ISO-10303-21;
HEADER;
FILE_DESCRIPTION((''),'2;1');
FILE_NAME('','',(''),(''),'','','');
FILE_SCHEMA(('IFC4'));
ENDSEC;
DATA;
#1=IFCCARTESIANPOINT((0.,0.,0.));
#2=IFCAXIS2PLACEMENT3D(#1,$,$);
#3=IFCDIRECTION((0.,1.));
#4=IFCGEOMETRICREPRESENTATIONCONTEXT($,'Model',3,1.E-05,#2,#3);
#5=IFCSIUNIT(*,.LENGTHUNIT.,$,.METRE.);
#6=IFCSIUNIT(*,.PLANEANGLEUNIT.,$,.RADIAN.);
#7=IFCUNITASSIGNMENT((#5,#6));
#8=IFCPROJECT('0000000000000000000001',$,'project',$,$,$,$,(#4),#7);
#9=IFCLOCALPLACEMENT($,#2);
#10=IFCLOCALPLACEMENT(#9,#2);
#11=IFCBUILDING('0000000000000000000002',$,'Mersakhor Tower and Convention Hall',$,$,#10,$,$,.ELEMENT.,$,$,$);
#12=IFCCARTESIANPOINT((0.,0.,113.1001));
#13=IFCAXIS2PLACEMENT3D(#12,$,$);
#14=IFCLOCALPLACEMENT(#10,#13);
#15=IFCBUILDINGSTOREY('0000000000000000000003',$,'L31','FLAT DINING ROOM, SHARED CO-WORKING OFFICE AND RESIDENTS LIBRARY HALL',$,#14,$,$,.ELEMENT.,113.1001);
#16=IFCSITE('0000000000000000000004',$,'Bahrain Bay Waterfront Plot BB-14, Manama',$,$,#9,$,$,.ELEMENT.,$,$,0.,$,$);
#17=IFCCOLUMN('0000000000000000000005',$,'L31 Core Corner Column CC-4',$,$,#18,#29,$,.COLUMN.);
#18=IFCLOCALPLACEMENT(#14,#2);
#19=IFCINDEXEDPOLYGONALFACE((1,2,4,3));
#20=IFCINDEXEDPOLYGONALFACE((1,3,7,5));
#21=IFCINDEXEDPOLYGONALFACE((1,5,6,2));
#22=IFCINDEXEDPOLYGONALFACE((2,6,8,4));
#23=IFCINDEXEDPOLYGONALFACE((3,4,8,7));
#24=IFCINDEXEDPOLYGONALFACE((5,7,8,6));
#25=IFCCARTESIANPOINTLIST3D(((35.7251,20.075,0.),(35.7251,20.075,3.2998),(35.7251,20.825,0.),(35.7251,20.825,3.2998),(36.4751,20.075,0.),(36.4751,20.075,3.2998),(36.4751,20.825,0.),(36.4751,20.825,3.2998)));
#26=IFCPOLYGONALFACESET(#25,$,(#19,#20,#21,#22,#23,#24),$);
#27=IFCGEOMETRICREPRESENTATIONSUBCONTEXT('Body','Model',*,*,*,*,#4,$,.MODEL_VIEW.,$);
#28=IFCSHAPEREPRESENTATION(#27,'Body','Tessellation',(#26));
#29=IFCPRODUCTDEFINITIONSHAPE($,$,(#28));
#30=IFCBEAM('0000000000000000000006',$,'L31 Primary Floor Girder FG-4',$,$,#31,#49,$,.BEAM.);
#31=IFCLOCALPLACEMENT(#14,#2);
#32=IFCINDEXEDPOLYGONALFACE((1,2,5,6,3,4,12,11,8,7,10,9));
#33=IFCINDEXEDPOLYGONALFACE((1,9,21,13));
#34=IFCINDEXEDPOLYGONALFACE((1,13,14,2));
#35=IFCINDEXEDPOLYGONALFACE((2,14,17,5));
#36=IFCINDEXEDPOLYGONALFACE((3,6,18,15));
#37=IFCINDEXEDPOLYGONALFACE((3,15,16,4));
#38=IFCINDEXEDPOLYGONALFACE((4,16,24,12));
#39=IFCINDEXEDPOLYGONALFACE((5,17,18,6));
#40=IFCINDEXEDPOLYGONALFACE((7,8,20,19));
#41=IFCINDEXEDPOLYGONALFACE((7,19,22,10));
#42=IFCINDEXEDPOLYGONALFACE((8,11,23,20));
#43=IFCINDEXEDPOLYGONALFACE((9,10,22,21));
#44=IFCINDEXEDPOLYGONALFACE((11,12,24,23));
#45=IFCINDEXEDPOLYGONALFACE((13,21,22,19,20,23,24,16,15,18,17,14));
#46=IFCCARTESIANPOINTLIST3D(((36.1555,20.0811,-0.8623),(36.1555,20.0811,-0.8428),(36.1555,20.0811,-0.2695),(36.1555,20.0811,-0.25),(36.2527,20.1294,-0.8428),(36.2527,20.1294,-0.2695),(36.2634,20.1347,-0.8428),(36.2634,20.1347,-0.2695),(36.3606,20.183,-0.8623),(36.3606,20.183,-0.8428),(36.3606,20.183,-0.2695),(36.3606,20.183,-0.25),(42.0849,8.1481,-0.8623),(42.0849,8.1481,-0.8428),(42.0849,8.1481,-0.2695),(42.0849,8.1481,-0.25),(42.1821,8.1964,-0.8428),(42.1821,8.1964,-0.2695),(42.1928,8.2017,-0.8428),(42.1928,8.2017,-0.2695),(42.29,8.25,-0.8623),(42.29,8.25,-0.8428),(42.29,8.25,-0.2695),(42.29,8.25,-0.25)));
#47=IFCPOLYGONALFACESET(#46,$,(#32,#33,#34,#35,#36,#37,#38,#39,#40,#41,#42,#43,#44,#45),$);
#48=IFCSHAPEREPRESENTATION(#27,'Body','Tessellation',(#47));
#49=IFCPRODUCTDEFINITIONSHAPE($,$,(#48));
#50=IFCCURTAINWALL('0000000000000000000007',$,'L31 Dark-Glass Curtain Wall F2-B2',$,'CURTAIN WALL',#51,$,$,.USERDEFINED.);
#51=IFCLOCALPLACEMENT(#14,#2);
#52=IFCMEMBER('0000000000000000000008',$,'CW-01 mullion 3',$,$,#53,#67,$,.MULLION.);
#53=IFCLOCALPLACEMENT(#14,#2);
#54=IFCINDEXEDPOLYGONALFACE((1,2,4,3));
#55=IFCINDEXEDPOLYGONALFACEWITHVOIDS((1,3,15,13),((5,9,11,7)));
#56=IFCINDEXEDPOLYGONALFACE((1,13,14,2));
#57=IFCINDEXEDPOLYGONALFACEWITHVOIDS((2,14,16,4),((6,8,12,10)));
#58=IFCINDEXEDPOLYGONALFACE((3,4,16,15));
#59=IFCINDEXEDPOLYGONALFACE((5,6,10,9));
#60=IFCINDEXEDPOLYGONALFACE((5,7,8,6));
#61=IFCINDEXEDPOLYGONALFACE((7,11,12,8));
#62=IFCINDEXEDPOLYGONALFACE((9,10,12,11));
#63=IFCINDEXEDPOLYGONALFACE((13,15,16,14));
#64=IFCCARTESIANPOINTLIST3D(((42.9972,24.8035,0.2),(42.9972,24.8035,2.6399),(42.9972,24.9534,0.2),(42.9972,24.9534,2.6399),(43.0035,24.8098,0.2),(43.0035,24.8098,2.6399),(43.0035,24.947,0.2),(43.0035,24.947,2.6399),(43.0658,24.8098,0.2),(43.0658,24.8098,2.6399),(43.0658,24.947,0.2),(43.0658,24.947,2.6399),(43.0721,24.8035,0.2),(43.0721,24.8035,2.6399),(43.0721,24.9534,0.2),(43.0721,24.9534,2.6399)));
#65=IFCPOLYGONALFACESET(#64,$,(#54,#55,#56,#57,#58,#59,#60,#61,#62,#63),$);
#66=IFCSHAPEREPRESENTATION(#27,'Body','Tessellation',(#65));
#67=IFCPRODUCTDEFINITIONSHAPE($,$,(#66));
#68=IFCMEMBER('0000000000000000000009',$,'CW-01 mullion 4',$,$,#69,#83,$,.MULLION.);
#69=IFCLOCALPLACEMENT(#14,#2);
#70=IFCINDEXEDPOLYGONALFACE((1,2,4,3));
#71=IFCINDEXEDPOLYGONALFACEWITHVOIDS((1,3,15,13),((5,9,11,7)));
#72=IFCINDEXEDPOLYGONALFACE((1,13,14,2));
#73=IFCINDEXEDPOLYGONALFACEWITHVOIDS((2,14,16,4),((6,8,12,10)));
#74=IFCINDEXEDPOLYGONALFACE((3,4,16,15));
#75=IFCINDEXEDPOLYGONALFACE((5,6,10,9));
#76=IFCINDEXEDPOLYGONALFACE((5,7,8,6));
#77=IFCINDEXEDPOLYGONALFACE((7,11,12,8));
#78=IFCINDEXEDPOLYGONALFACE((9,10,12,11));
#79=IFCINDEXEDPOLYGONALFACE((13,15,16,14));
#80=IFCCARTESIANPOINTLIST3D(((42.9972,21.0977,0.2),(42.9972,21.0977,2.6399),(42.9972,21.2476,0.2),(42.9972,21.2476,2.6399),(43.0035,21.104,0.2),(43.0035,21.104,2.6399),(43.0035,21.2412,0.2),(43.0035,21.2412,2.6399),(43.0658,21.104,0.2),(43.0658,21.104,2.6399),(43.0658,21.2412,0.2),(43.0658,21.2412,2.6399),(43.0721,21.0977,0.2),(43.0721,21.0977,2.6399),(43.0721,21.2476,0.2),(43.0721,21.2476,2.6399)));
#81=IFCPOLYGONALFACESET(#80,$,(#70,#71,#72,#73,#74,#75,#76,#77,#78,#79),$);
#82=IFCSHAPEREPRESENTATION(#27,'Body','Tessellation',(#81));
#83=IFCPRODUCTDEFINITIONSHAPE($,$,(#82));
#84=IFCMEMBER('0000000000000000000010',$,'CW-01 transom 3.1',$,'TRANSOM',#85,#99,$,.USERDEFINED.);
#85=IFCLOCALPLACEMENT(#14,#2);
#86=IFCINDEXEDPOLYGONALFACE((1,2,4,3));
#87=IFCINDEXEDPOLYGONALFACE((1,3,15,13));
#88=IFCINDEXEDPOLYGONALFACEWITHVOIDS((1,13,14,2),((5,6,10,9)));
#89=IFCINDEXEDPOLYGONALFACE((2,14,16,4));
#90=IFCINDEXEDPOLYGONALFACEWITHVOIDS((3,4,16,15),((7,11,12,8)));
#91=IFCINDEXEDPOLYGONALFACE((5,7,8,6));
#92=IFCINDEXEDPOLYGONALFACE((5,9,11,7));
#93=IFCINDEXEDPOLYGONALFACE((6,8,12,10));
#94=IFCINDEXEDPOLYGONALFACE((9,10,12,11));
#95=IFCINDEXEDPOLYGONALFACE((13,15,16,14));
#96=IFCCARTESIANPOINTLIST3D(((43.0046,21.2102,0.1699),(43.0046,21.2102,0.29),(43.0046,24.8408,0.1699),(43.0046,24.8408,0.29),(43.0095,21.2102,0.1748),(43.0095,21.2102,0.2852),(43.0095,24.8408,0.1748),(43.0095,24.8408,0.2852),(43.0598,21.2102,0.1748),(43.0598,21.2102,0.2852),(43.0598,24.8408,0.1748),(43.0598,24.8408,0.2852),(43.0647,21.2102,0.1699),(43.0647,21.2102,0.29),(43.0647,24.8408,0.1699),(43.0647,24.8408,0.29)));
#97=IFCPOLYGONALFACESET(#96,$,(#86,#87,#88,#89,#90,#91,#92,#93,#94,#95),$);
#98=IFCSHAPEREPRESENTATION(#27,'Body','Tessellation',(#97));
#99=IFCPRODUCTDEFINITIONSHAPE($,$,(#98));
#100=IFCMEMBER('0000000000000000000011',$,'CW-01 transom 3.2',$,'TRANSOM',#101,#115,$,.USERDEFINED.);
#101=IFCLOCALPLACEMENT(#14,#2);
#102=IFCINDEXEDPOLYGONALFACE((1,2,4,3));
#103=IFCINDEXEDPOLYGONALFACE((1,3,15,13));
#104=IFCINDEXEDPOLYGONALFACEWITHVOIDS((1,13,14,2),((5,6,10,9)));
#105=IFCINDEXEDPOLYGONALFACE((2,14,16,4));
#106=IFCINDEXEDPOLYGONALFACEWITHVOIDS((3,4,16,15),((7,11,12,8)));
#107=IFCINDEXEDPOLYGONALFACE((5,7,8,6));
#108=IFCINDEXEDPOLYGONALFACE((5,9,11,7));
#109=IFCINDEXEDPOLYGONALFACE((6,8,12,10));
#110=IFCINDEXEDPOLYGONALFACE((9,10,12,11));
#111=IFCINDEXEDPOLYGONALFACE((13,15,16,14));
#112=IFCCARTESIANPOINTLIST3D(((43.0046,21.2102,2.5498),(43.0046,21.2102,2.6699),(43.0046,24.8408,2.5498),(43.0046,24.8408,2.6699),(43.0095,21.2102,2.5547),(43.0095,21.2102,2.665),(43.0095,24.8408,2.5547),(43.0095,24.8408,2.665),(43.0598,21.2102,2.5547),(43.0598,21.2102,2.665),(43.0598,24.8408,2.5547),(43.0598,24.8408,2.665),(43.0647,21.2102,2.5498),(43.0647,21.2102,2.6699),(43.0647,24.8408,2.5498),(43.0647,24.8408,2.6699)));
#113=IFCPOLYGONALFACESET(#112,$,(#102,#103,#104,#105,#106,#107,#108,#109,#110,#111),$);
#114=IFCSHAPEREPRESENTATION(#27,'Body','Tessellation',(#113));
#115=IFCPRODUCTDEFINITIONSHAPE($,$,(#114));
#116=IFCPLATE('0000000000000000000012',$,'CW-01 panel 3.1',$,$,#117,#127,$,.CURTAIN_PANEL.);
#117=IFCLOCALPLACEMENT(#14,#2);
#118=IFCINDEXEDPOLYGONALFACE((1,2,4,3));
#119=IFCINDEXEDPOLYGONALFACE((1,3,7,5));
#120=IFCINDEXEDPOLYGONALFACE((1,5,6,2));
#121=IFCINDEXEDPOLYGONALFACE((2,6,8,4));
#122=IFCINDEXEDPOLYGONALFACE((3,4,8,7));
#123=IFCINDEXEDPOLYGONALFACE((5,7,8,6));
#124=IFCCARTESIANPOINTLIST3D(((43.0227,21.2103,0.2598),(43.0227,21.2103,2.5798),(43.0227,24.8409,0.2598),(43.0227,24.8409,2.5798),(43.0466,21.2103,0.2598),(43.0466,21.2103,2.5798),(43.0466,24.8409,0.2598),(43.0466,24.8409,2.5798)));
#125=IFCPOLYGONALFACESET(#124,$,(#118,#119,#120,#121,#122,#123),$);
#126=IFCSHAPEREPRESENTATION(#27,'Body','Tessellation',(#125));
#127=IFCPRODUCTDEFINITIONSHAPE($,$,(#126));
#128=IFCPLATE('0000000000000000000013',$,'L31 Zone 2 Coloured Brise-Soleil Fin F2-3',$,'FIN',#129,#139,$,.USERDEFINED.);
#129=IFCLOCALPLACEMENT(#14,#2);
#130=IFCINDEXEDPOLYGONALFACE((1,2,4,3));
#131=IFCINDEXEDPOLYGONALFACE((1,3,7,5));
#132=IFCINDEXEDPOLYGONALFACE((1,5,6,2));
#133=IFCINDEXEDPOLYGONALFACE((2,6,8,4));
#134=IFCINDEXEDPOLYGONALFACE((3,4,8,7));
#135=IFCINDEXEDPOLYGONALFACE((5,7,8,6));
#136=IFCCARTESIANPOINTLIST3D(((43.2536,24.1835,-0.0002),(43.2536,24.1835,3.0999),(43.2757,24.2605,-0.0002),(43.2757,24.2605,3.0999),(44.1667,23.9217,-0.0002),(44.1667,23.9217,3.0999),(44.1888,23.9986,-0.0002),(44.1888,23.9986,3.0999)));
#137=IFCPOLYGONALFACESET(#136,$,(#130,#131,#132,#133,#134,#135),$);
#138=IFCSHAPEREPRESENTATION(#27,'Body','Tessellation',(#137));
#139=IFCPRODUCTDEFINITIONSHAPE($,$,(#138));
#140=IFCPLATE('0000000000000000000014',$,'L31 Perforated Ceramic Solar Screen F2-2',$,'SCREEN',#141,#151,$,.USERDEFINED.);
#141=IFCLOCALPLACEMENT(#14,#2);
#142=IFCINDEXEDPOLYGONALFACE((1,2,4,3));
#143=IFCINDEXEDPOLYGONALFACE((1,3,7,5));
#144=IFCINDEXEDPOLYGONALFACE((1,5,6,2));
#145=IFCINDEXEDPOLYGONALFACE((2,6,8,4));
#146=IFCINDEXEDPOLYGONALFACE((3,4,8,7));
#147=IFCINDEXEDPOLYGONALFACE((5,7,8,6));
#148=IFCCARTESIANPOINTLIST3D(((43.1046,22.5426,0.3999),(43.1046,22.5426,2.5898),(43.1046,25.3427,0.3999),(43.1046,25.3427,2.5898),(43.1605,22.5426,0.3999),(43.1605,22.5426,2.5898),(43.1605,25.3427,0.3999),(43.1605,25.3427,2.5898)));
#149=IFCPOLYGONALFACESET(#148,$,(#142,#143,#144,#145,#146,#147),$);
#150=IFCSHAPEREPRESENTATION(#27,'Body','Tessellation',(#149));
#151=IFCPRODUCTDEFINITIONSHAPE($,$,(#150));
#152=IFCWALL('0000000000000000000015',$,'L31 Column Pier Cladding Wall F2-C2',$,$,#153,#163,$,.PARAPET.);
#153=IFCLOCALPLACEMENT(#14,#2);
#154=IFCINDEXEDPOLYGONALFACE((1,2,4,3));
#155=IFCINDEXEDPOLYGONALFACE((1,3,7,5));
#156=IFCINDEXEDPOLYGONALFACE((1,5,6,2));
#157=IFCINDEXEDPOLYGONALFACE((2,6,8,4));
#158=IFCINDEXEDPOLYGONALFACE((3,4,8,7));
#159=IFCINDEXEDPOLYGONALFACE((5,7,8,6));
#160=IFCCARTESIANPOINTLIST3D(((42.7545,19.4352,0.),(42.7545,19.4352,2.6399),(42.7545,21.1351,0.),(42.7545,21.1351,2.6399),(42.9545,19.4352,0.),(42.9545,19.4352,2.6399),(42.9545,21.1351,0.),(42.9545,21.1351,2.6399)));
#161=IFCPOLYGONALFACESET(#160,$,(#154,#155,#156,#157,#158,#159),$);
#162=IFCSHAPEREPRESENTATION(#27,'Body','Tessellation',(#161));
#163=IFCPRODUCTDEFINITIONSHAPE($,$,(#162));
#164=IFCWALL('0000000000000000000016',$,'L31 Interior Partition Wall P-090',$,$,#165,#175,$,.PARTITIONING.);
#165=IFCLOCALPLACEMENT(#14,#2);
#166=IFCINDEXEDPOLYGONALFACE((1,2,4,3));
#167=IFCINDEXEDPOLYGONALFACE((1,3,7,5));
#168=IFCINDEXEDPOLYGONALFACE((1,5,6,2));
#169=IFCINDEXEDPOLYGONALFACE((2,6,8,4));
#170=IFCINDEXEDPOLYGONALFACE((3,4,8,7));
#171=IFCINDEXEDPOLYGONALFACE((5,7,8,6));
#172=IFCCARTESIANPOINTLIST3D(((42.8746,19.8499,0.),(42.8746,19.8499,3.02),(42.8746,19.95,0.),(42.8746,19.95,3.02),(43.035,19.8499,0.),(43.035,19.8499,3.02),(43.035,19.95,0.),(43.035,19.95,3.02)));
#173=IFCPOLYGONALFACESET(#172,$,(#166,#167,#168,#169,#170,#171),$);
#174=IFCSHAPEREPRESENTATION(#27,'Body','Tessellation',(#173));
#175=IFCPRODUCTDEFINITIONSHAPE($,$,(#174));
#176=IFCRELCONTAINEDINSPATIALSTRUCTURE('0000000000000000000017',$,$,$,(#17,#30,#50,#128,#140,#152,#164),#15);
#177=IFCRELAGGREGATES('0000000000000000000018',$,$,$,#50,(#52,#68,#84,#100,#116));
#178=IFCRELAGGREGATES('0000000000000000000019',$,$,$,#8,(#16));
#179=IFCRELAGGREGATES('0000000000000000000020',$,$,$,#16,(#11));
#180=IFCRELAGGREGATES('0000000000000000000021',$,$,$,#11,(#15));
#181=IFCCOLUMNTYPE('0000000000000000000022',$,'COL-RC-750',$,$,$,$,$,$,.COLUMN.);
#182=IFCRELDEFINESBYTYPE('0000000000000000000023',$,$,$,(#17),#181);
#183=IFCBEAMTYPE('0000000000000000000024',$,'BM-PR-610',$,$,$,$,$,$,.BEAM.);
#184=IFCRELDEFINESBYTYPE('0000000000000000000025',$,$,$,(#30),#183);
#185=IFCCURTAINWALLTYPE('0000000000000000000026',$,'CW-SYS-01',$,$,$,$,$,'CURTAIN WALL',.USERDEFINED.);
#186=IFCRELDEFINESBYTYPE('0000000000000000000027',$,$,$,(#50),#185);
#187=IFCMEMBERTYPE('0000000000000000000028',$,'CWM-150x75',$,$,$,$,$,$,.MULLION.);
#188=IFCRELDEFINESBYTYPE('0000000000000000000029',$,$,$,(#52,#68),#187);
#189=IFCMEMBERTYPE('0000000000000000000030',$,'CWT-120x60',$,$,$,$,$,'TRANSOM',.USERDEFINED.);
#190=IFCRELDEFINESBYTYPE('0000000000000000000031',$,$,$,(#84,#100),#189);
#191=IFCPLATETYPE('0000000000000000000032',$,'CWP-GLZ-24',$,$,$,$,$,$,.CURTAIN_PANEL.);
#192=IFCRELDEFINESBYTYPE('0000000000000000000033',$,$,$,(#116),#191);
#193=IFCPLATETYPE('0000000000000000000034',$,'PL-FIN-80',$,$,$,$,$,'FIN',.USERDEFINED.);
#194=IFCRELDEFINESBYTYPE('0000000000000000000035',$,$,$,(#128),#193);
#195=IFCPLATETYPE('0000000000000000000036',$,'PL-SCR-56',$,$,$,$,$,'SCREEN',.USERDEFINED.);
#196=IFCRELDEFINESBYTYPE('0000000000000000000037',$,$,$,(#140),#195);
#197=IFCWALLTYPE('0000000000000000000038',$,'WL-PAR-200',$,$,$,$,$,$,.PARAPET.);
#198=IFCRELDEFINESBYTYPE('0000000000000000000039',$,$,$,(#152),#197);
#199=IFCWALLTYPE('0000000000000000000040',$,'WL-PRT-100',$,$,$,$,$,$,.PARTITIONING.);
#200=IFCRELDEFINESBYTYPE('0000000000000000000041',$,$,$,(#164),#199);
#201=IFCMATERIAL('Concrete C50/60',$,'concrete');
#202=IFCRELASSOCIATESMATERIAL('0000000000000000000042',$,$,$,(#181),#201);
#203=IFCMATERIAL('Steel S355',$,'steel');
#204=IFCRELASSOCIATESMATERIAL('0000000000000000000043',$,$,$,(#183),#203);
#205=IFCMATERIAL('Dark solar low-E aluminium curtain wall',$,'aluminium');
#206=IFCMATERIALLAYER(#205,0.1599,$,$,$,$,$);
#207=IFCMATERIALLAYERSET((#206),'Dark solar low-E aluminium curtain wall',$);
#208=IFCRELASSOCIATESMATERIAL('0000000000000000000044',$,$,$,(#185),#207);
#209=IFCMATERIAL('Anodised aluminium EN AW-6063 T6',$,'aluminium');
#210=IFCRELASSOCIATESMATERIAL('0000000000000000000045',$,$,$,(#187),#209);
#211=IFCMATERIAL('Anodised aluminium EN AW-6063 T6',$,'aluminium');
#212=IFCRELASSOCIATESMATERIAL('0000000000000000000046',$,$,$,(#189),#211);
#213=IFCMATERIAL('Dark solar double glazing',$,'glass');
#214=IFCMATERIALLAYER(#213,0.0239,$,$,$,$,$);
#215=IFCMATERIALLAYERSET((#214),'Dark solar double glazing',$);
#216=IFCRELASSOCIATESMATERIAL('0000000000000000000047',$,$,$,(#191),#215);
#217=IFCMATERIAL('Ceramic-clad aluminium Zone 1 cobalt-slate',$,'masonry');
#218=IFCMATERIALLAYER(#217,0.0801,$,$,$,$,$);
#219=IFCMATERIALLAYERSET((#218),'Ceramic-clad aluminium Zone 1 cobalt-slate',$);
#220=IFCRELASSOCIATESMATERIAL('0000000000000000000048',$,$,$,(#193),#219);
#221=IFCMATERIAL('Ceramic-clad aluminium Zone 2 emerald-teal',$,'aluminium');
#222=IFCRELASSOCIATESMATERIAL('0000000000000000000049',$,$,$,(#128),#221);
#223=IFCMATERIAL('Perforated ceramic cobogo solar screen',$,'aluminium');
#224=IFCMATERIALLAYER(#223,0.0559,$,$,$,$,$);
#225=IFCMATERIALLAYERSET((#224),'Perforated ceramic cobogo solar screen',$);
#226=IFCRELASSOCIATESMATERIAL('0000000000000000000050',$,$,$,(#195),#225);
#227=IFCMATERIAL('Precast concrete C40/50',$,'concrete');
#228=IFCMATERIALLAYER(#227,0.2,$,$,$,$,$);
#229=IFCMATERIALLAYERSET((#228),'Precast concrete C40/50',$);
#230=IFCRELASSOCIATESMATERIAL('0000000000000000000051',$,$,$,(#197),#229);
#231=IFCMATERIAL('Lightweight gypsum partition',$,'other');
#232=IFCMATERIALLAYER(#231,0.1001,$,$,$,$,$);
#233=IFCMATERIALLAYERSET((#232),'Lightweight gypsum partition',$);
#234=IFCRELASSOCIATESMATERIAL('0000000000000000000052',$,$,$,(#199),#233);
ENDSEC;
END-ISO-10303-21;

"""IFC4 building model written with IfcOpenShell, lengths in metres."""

from ifc_helpers import new_model, si_unit, direction, frame, frame_2d, origin, origin_2d, place, context, subcontext, project, spatial, rectangle, hollow_rectangle, i_section, extrude, material, layer, layer_set, material_profile, profile_set, type_object, element, aggregate, save


model = new_model("IFC4")

# Units and contexts
model_context = context("Model", 3, precision=1e-05, world=origin(), true_north=direction((0.0, 1.0)))
body_context = subcontext(model_context, "Body", "Model", "MODEL_VIEW")
ifc_project = project(units=[si_unit("LENGTHUNIT", "METRE"), si_unit("PLANEANGLEUNIT", "RADIAN")], contexts=[model_context])

# Site, building, storey
site_placement = place(None, origin())
site = spatial("IfcSite", under=ifc_project, at=site_placement, Name="Bahrain Bay Waterfront Plot BB-14, Manama", CompositionType="ELEMENT", RefElevation=0.0)
building_placement = place(site_placement, origin())
building = spatial("IfcBuilding", under=site, at=building_placement, Name="Mersakhor Tower and Convention Hall", CompositionType="ELEMENT")
storey_placement = place(building_placement, frame((0.0, 0.0, 113.1001)))
storey = spatial("IfcBuildingStorey", under=building, at=storey_placement, Name="L31", Description="FLAT DINING ROOM, SHARED CO-WORKING OFFICE AND RESIDENTS LIBRARY HALL", CompositionType="ELEMENT", Elevation=113.1001)

# Column
ifc_material_1 = material(Name="Concrete C50/60", Category="concrete")
ifc_material_profile_1 = material_profile(ifc_material_1, rectangle(XDim=0.75, YDim=0.75, at=origin_2d()), Name="RC 750x750")
ifc_profile_set_1 = profile_set([ifc_material_profile_1], Name="Concrete C50/60")
column_type = type_object("IfcColumnType", Name="COL-RC-750", PredefinedType="COLUMN", material=ifc_profile_set_1)
column_placement = place(storey_placement, frame((36.1001, 20.45, 0.0), z_axis=(0.0, 0.0, 1.0), x_axis=(1.0, 0.0, 0.0)))
element("IfcColumn", 1, at=column_placement, inside=storey, type_object=column_type, Name="L31 Core Corner Column CC-4", PredefinedType="COLUMN", context=body_context, shape_type="SweptSolid", body=[
    extrude(rectangle(XDim=0.75, YDim=0.75, at=origin_2d()), origin(), (0.0, 0.0, 1.0), 3.2998),
])

# Beam
ifc_material_2 = material(Name="Steel S355", Category="steel")
ifc_material_profile_2 = material_profile(ifc_material_2, i_section(OverallWidth=0.229, OverallDepth=0.6123, WebThickness=0.012, FlangeThickness=0.0195, at=origin_2d()), Name="UB 610x229x125")
ifc_profile_set_2 = profile_set([ifc_material_profile_2], Name="Steel S355")
beam_type = type_object("IfcBeamType", Name="BM-PR-610", PredefinedType="BEAM", material=ifc_profile_set_2)
beam_placement = place(storey_placement, frame((36.2581, 20.1321, -0.5562), z_axis=(0.444984, -0.895538, 0.0), x_axis=(0.895538, 0.444984, 0.0)))
element("IfcBeam", 2, at=beam_placement, inside=storey, type_object=beam_type, Name="L31 Primary Floor Girder FG-4", PredefinedType="BEAM", context=body_context, shape_type="SweptSolid", body=[
    extrude(i_section(OverallWidth=0.229, OverallDepth=0.6123, WebThickness=0.012, FlangeThickness=0.0195, at=origin_2d()), origin(), (0.0, 0.0, 1.0), 13.325),
])

# Curtain wall, members, plate
ifc_material_3 = material(Name="Dark solar low-E aluminium curtain wall", Category="aluminium")
ifc_layer_1 = layer(ifc_material_3, 0.1599)
ifc_layer_set_1 = layer_set([ifc_layer_1], Name="Dark solar low-E aluminium curtain wall")
curtain_wall_type = type_object("IfcCurtainWallType", Name="CW-SYS-01", ElementType="CURTAIN WALL", PredefinedType="USERDEFINED", material=ifc_layer_set_1)
curtain_wall_placement = place(storey_placement, origin())
curtain_wall = element("IfcCurtainWall", 3, at=curtain_wall_placement, inside=storey, type_object=curtain_wall_type, Name="L31 Dark-Glass Curtain Wall F2-B2", ObjectType="CURTAIN WALL", PredefinedType="USERDEFINED")
ifc_material_4 = material(Name="Anodised aluminium EN AW-6063 T6", Category="aluminium")
ifc_material_profile_3 = material_profile(ifc_material_4, hollow_rectangle(XDim=0.075, YDim=0.1499, WallThickness=0.0063, at=origin_2d()), Name="RHS 150x75x6.3")
ifc_profile_set_3 = profile_set([ifc_material_profile_3], Name="Anodised aluminium EN AW-6063 T6")
member_type_1 = type_object("IfcMemberType", Name="CWM-150x75", PredefinedType="MULLION", material=ifc_profile_set_3)
member_1_placement = place(storey_placement, frame((43.0347, 24.8784, 0.2), z_axis=(0.0, 0.0, 1.0), x_axis=(1.0, 0.0, 0.0)))
member_1 = element("IfcMember", 4, at=member_1_placement, type_object=member_type_1, Name="CW-01 mullion 3", PredefinedType="MULLION", context=body_context, shape_type="SweptSolid", body=[
    extrude(hollow_rectangle(XDim=0.075, YDim=0.1499, WallThickness=0.0063, at=origin_2d()), origin(), (0.0, 0.0, 1.0), 2.4399),
])
member_2_placement = place(storey_placement, frame((43.0347, 21.1726, 0.2), z_axis=(0.0, 0.0, 1.0), x_axis=(1.0, 0.0, 0.0)))
member_2 = element("IfcMember", 5, at=member_2_placement, type_object=member_type_1, Name="CW-01 mullion 4", PredefinedType="MULLION", context=body_context, shape_type="SweptSolid", body=[
    extrude(hollow_rectangle(XDim=0.075, YDim=0.1499, WallThickness=0.0063, at=origin_2d()), origin(), (0.0, 0.0, 1.0), 2.4399),
])
ifc_material_5 = material(Name="Anodised aluminium EN AW-6063 T6", Category="aluminium")
ifc_material_profile_4 = material_profile(ifc_material_5, hollow_rectangle(XDim=0.0601, YDim=0.1201, WallThickness=0.0049, at=origin_2d()), Name="RHS 120x60x5")
ifc_profile_set_4 = profile_set([ifc_material_profile_4], Name="Anodised aluminium EN AW-6063 T6")
member_type_2 = type_object("IfcMemberType", Name="CWT-120x60", ElementType="TRANSOM", PredefinedType="USERDEFINED", material=ifc_profile_set_4)
member_3_placement = place(storey_placement, frame((43.0347, 24.8408, 0.23), z_axis=(0.0, -1.0, 0.0), x_axis=(1.0, 0.0, 0.0)))
member_3 = element("IfcMember", 6, at=member_3_placement, type_object=member_type_2, Name="CW-01 transom 3.1", ObjectType="TRANSOM", PredefinedType="USERDEFINED", context=body_context, shape_type="SweptSolid", body=[
    extrude(hollow_rectangle(XDim=0.0601, YDim=0.1201, WallThickness=0.0049, at=origin_2d()), origin(), (0.0, 0.0, 1.0), 3.6306),
])
member_4_placement = place(storey_placement, frame((43.0347, 24.8408, 2.6099), z_axis=(0.0, -1.0, 0.0), x_axis=(1.0, 0.0, 0.0)))
member_4 = element("IfcMember", 7, at=member_4_placement, type_object=member_type_2, Name="CW-01 transom 3.2", ObjectType="TRANSOM", PredefinedType="USERDEFINED", context=body_context, shape_type="SweptSolid", body=[
    extrude(hollow_rectangle(XDim=0.0601, YDim=0.1201, WallThickness=0.0049, at=origin_2d()), origin(), (0.0, 0.0, 1.0), 3.6306),
])
ifc_material_6 = material(Name="Dark solar double glazing", Category="glass")
ifc_layer_2 = layer(ifc_material_6, 0.0239)
ifc_layer_set_2 = layer_set([ifc_layer_2], Name="Dark solar double glazing")
plate_type_1 = type_object("IfcPlateType", Name="CWP-GLZ-24", PredefinedType="CURTAIN_PANEL", material=ifc_layer_set_2)
plate_1_placement = place(storey_placement, frame((43.0347, 23.0256, 0.2598), z_axis=(0.0, 0.0, 1.0), x_axis=(0.0, -1.0, 0.0)))
plate_1 = element("IfcPlate", 8, at=plate_1_placement, type_object=plate_type_1, Name="CW-01 panel 3.1", PredefinedType="CURTAIN_PANEL", context=body_context, shape_type="SweptSolid", body=[
    extrude(rectangle(XDim=3.6306, YDim=0.0239, at=origin_2d()), origin(), (0.0, 0.0, 1.0), 2.3201),
])
aggregate(curtain_wall, [member_1, member_2, member_3, member_4, plate_1])

# Plates
ifc_material_7 = material(Name="Ceramic-clad aluminium Zone 2 emerald-teal", Category="aluminium")
ifc_material_8 = material(Name="Ceramic-clad aluminium Zone 1 cobalt-slate", Category="masonry")
ifc_layer_3 = layer(ifc_material_8, 0.0801)
ifc_layer_set_3 = layer_set([ifc_layer_3], Name="Ceramic-clad aluminium Zone 1 cobalt-slate")
plate_type_2 = type_object("IfcPlateType", Name="PL-FIN-80", ElementType="FIN", PredefinedType="USERDEFINED", material=ifc_layer_set_3)
plate_2_placement = place(storey_placement, frame((43.7212, 24.0911, -0.0002), z_axis=(0.0, 0.0, 1.0), x_axis=(0.961262, -0.275637, 0.0)))
element("IfcPlate", 9, at=plate_2_placement, inside=storey, type_object=plate_type_2, material=ifc_material_7, Name="L31 Zone 2 Coloured Brise-Soleil Fin F2-3", ObjectType="FIN", PredefinedType="USERDEFINED", context=body_context, shape_type="SweptSolid", body=[
    extrude(rectangle(XDim=0.95, YDim=0.0801, at=origin_2d()), origin(), (0.0, 0.0, 1.0), 3.1001),
])
ifc_material_9 = material(Name="Perforated ceramic cobogo solar screen", Category="aluminium")
ifc_layer_4 = layer(ifc_material_9, 0.0559)
ifc_layer_set_4 = layer_set([ifc_layer_4], Name="Perforated ceramic cobogo solar screen")
plate_type_3 = type_object("IfcPlateType", Name="PL-SCR-56", ElementType="SCREEN", PredefinedType="USERDEFINED", material=ifc_layer_set_4)
plate_3_placement = place(storey_placement, frame((43.1326, 23.9426, 0.3999), z_axis=(0.0, 0.0, 1.0), x_axis=(0.0, -1.0, 0.0)))
element("IfcPlate", 10, at=plate_3_placement, inside=storey, type_object=plate_type_3, Name="L31 Perforated Ceramic Solar Screen F2-2", ObjectType="SCREEN", PredefinedType="USERDEFINED", context=body_context, shape_type="SweptSolid", body=[
    extrude(rectangle(XDim=2.8, YDim=0.0559, at=origin_2d()), origin(), (0.0, 0.0, 1.0), 2.1899),
])

# Walls
ifc_material_10 = material(Name="Precast concrete C40/50", Category="concrete")
ifc_layer_5 = layer(ifc_material_10, 0.2)
ifc_layer_set_5 = layer_set([ifc_layer_5], Name="Precast concrete C40/50")
wall_type_1 = type_object("IfcWallType", Name="WL-PAR-200", PredefinedType="PARAPET", material=ifc_layer_set_5)
wall_1_placement = place(storey_placement, frame((42.8545, 21.1353, 0.0), z_axis=(0.0, 0.0, 1.0), x_axis=(0.0, -1.0, 0.0)))
element("IfcWall", 11, at=wall_1_placement, inside=storey, type_object=wall_type_1, Name="L31 Column Pier Cladding Wall F2-C2", PredefinedType="PARAPET", context=body_context, shape_type="SweptSolid", body=[
    extrude(rectangle(XDim=1.7, YDim=0.2, at=frame_2d((0.8501, 0.0))), origin(), (0.0, 0.0, 1.0), 2.6399),
])
ifc_material_11 = material(Name="Lightweight gypsum partition", Category="other")
ifc_layer_6 = layer(ifc_material_11, 0.1001)
ifc_layer_set_6 = layer_set([ifc_layer_6], Name="Lightweight gypsum partition")
wall_type_2 = type_object("IfcWallType", Name="WL-PRT-100", PredefinedType="PARTITIONING", material=ifc_layer_set_6)
wall_2_placement = place(storey_placement, frame((43.0349, 19.8999, 0.0), z_axis=(0.0, 0.0, 1.0), x_axis=(-1.0, 0.0, 0.0)))
element("IfcWall", 12, at=wall_2_placement, inside=storey, type_object=wall_type_2, Name="L31 Interior Partition Wall P-090", PredefinedType="PARTITIONING", context=body_context, shape_type="SweptSolid", body=[
    extrude(rectangle(XDim=0.1604, YDim=0.1001, at=frame_2d((0.0801, 0.0))), origin(), (0.0, 0.0, 1.0), 3.02),
])

save(model, "model.ifc")
